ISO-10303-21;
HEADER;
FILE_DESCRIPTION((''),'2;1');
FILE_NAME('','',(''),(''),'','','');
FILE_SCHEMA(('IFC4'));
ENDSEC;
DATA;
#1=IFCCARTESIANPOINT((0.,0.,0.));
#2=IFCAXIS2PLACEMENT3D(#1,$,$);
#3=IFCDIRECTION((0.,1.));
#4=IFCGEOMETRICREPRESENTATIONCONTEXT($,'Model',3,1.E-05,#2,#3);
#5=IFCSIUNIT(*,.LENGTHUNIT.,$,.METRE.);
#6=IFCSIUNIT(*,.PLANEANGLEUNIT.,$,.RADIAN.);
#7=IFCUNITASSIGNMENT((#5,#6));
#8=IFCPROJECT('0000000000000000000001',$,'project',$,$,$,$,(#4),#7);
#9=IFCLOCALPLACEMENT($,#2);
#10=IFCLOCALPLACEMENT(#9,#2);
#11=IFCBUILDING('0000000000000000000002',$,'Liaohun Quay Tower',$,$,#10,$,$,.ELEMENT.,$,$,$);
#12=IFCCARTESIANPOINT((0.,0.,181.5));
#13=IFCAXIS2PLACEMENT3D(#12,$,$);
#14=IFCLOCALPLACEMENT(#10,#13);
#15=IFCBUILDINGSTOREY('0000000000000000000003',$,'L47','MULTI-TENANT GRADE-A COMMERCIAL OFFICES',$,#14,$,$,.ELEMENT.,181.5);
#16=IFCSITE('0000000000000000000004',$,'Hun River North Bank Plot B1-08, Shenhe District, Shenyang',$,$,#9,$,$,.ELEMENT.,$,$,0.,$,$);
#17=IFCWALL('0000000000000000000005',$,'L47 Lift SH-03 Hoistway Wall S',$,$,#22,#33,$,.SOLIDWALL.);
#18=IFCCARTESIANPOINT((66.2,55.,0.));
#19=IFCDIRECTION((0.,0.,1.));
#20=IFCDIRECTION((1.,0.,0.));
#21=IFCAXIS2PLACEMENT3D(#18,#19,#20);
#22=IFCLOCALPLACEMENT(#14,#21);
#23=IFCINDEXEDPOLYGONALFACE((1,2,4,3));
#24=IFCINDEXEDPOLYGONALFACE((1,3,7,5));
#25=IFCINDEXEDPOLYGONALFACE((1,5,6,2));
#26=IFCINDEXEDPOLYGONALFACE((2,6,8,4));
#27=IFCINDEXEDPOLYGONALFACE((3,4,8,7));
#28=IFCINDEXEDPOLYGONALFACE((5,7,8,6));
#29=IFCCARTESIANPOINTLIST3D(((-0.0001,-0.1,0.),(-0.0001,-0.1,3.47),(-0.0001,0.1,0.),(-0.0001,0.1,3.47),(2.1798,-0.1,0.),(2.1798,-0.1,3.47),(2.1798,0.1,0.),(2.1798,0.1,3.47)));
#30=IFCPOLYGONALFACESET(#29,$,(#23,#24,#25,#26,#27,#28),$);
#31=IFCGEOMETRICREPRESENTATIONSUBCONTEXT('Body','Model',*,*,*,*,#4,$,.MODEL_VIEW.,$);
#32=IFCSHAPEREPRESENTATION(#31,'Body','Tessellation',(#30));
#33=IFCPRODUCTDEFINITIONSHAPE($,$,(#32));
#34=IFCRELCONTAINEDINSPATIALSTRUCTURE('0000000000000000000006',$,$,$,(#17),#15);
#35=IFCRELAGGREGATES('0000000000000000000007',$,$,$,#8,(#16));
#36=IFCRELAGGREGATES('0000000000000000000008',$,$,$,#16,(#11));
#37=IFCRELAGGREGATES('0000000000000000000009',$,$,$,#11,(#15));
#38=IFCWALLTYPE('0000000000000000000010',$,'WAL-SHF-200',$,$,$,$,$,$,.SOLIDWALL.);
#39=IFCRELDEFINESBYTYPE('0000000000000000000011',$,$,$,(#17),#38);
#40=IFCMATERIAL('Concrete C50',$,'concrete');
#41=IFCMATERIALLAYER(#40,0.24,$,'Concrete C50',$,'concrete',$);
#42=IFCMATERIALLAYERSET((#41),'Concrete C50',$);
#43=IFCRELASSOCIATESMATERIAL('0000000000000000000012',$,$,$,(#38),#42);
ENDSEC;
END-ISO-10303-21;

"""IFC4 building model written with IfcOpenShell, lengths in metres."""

from ifc_helpers import new_model, si_unit, direction, frame, frame_2d, origin, place, context, subcontext, project, spatial, rectangle, extrude, material, layer, layer_set, type_object, element, save


model = new_model("IFC4")

# Units and contexts
model_context = context("Model", 3, precision=1e-05, world=origin(), true_north=direction((0.0, 1.0)))
body_context = subcontext(model_context, "Body", "Model", "MODEL_VIEW")
ifc_project = project(units=[si_unit("LENGTHUNIT", "METRE"), si_unit("PLANEANGLEUNIT", "RADIAN")], contexts=[model_context])

# Site, building, storey
site_placement = place(None, origin())
site = spatial("IfcSite", under=ifc_project, at=site_placement, Name="Hun River North Bank Plot B1-08, Shenhe District, Shenyang", CompositionType="ELEMENT", RefElevation=0.0)
building_placement = place(site_placement, origin())
building = spatial("IfcBuilding", under=site, at=building_placement, Name="Liaohun Quay Tower", CompositionType="ELEMENT")
storey_placement = place(building_placement, frame((0.0, 0.0, 181.5)))
storey = spatial("IfcBuildingStorey", under=building, at=storey_placement, Name="L47", Description="MULTI-TENANT GRADE-A COMMERCIAL OFFICES", CompositionType="ELEMENT", Elevation=181.5)

# Shared definitions
ifc_material_1 = material(Name="Concrete C50", Category="concrete")
ifc_layer_1 = layer(ifc_material_1, 0.24, Name="Concrete C50", Category="concrete")
ifc_layer_set_1 = layer_set([ifc_layer_1], Name="Concrete C50")
wall_type_1 = type_object("IfcWallType", Name="WAL-SHF-200", PredefinedType="SOLIDWALL", material=ifc_layer_set_1)

# Wall
wall_1_placement = place(storey_placement, frame((66.2, 55.0, 0.0), z_axis=(0.0, 0.0, 1.0), x_axis=(1.0, 0.0, 0.0)))
element("IfcWall", 1, at=wall_1_placement, inside=storey, type_object=wall_type_1, Name="L47 Lift SH-03 Hoistway Wall S", PredefinedType="SOLIDWALL", context=body_context, shape_type="SweptSolid", body=[
    extrude(rectangle(XDim=2.1799, YDim=0.2, at=frame_2d((1.0898, 0.0))), origin(), (0.0, 0.0, 1.0), 3.47),
])

save(model, "model.ifc")
